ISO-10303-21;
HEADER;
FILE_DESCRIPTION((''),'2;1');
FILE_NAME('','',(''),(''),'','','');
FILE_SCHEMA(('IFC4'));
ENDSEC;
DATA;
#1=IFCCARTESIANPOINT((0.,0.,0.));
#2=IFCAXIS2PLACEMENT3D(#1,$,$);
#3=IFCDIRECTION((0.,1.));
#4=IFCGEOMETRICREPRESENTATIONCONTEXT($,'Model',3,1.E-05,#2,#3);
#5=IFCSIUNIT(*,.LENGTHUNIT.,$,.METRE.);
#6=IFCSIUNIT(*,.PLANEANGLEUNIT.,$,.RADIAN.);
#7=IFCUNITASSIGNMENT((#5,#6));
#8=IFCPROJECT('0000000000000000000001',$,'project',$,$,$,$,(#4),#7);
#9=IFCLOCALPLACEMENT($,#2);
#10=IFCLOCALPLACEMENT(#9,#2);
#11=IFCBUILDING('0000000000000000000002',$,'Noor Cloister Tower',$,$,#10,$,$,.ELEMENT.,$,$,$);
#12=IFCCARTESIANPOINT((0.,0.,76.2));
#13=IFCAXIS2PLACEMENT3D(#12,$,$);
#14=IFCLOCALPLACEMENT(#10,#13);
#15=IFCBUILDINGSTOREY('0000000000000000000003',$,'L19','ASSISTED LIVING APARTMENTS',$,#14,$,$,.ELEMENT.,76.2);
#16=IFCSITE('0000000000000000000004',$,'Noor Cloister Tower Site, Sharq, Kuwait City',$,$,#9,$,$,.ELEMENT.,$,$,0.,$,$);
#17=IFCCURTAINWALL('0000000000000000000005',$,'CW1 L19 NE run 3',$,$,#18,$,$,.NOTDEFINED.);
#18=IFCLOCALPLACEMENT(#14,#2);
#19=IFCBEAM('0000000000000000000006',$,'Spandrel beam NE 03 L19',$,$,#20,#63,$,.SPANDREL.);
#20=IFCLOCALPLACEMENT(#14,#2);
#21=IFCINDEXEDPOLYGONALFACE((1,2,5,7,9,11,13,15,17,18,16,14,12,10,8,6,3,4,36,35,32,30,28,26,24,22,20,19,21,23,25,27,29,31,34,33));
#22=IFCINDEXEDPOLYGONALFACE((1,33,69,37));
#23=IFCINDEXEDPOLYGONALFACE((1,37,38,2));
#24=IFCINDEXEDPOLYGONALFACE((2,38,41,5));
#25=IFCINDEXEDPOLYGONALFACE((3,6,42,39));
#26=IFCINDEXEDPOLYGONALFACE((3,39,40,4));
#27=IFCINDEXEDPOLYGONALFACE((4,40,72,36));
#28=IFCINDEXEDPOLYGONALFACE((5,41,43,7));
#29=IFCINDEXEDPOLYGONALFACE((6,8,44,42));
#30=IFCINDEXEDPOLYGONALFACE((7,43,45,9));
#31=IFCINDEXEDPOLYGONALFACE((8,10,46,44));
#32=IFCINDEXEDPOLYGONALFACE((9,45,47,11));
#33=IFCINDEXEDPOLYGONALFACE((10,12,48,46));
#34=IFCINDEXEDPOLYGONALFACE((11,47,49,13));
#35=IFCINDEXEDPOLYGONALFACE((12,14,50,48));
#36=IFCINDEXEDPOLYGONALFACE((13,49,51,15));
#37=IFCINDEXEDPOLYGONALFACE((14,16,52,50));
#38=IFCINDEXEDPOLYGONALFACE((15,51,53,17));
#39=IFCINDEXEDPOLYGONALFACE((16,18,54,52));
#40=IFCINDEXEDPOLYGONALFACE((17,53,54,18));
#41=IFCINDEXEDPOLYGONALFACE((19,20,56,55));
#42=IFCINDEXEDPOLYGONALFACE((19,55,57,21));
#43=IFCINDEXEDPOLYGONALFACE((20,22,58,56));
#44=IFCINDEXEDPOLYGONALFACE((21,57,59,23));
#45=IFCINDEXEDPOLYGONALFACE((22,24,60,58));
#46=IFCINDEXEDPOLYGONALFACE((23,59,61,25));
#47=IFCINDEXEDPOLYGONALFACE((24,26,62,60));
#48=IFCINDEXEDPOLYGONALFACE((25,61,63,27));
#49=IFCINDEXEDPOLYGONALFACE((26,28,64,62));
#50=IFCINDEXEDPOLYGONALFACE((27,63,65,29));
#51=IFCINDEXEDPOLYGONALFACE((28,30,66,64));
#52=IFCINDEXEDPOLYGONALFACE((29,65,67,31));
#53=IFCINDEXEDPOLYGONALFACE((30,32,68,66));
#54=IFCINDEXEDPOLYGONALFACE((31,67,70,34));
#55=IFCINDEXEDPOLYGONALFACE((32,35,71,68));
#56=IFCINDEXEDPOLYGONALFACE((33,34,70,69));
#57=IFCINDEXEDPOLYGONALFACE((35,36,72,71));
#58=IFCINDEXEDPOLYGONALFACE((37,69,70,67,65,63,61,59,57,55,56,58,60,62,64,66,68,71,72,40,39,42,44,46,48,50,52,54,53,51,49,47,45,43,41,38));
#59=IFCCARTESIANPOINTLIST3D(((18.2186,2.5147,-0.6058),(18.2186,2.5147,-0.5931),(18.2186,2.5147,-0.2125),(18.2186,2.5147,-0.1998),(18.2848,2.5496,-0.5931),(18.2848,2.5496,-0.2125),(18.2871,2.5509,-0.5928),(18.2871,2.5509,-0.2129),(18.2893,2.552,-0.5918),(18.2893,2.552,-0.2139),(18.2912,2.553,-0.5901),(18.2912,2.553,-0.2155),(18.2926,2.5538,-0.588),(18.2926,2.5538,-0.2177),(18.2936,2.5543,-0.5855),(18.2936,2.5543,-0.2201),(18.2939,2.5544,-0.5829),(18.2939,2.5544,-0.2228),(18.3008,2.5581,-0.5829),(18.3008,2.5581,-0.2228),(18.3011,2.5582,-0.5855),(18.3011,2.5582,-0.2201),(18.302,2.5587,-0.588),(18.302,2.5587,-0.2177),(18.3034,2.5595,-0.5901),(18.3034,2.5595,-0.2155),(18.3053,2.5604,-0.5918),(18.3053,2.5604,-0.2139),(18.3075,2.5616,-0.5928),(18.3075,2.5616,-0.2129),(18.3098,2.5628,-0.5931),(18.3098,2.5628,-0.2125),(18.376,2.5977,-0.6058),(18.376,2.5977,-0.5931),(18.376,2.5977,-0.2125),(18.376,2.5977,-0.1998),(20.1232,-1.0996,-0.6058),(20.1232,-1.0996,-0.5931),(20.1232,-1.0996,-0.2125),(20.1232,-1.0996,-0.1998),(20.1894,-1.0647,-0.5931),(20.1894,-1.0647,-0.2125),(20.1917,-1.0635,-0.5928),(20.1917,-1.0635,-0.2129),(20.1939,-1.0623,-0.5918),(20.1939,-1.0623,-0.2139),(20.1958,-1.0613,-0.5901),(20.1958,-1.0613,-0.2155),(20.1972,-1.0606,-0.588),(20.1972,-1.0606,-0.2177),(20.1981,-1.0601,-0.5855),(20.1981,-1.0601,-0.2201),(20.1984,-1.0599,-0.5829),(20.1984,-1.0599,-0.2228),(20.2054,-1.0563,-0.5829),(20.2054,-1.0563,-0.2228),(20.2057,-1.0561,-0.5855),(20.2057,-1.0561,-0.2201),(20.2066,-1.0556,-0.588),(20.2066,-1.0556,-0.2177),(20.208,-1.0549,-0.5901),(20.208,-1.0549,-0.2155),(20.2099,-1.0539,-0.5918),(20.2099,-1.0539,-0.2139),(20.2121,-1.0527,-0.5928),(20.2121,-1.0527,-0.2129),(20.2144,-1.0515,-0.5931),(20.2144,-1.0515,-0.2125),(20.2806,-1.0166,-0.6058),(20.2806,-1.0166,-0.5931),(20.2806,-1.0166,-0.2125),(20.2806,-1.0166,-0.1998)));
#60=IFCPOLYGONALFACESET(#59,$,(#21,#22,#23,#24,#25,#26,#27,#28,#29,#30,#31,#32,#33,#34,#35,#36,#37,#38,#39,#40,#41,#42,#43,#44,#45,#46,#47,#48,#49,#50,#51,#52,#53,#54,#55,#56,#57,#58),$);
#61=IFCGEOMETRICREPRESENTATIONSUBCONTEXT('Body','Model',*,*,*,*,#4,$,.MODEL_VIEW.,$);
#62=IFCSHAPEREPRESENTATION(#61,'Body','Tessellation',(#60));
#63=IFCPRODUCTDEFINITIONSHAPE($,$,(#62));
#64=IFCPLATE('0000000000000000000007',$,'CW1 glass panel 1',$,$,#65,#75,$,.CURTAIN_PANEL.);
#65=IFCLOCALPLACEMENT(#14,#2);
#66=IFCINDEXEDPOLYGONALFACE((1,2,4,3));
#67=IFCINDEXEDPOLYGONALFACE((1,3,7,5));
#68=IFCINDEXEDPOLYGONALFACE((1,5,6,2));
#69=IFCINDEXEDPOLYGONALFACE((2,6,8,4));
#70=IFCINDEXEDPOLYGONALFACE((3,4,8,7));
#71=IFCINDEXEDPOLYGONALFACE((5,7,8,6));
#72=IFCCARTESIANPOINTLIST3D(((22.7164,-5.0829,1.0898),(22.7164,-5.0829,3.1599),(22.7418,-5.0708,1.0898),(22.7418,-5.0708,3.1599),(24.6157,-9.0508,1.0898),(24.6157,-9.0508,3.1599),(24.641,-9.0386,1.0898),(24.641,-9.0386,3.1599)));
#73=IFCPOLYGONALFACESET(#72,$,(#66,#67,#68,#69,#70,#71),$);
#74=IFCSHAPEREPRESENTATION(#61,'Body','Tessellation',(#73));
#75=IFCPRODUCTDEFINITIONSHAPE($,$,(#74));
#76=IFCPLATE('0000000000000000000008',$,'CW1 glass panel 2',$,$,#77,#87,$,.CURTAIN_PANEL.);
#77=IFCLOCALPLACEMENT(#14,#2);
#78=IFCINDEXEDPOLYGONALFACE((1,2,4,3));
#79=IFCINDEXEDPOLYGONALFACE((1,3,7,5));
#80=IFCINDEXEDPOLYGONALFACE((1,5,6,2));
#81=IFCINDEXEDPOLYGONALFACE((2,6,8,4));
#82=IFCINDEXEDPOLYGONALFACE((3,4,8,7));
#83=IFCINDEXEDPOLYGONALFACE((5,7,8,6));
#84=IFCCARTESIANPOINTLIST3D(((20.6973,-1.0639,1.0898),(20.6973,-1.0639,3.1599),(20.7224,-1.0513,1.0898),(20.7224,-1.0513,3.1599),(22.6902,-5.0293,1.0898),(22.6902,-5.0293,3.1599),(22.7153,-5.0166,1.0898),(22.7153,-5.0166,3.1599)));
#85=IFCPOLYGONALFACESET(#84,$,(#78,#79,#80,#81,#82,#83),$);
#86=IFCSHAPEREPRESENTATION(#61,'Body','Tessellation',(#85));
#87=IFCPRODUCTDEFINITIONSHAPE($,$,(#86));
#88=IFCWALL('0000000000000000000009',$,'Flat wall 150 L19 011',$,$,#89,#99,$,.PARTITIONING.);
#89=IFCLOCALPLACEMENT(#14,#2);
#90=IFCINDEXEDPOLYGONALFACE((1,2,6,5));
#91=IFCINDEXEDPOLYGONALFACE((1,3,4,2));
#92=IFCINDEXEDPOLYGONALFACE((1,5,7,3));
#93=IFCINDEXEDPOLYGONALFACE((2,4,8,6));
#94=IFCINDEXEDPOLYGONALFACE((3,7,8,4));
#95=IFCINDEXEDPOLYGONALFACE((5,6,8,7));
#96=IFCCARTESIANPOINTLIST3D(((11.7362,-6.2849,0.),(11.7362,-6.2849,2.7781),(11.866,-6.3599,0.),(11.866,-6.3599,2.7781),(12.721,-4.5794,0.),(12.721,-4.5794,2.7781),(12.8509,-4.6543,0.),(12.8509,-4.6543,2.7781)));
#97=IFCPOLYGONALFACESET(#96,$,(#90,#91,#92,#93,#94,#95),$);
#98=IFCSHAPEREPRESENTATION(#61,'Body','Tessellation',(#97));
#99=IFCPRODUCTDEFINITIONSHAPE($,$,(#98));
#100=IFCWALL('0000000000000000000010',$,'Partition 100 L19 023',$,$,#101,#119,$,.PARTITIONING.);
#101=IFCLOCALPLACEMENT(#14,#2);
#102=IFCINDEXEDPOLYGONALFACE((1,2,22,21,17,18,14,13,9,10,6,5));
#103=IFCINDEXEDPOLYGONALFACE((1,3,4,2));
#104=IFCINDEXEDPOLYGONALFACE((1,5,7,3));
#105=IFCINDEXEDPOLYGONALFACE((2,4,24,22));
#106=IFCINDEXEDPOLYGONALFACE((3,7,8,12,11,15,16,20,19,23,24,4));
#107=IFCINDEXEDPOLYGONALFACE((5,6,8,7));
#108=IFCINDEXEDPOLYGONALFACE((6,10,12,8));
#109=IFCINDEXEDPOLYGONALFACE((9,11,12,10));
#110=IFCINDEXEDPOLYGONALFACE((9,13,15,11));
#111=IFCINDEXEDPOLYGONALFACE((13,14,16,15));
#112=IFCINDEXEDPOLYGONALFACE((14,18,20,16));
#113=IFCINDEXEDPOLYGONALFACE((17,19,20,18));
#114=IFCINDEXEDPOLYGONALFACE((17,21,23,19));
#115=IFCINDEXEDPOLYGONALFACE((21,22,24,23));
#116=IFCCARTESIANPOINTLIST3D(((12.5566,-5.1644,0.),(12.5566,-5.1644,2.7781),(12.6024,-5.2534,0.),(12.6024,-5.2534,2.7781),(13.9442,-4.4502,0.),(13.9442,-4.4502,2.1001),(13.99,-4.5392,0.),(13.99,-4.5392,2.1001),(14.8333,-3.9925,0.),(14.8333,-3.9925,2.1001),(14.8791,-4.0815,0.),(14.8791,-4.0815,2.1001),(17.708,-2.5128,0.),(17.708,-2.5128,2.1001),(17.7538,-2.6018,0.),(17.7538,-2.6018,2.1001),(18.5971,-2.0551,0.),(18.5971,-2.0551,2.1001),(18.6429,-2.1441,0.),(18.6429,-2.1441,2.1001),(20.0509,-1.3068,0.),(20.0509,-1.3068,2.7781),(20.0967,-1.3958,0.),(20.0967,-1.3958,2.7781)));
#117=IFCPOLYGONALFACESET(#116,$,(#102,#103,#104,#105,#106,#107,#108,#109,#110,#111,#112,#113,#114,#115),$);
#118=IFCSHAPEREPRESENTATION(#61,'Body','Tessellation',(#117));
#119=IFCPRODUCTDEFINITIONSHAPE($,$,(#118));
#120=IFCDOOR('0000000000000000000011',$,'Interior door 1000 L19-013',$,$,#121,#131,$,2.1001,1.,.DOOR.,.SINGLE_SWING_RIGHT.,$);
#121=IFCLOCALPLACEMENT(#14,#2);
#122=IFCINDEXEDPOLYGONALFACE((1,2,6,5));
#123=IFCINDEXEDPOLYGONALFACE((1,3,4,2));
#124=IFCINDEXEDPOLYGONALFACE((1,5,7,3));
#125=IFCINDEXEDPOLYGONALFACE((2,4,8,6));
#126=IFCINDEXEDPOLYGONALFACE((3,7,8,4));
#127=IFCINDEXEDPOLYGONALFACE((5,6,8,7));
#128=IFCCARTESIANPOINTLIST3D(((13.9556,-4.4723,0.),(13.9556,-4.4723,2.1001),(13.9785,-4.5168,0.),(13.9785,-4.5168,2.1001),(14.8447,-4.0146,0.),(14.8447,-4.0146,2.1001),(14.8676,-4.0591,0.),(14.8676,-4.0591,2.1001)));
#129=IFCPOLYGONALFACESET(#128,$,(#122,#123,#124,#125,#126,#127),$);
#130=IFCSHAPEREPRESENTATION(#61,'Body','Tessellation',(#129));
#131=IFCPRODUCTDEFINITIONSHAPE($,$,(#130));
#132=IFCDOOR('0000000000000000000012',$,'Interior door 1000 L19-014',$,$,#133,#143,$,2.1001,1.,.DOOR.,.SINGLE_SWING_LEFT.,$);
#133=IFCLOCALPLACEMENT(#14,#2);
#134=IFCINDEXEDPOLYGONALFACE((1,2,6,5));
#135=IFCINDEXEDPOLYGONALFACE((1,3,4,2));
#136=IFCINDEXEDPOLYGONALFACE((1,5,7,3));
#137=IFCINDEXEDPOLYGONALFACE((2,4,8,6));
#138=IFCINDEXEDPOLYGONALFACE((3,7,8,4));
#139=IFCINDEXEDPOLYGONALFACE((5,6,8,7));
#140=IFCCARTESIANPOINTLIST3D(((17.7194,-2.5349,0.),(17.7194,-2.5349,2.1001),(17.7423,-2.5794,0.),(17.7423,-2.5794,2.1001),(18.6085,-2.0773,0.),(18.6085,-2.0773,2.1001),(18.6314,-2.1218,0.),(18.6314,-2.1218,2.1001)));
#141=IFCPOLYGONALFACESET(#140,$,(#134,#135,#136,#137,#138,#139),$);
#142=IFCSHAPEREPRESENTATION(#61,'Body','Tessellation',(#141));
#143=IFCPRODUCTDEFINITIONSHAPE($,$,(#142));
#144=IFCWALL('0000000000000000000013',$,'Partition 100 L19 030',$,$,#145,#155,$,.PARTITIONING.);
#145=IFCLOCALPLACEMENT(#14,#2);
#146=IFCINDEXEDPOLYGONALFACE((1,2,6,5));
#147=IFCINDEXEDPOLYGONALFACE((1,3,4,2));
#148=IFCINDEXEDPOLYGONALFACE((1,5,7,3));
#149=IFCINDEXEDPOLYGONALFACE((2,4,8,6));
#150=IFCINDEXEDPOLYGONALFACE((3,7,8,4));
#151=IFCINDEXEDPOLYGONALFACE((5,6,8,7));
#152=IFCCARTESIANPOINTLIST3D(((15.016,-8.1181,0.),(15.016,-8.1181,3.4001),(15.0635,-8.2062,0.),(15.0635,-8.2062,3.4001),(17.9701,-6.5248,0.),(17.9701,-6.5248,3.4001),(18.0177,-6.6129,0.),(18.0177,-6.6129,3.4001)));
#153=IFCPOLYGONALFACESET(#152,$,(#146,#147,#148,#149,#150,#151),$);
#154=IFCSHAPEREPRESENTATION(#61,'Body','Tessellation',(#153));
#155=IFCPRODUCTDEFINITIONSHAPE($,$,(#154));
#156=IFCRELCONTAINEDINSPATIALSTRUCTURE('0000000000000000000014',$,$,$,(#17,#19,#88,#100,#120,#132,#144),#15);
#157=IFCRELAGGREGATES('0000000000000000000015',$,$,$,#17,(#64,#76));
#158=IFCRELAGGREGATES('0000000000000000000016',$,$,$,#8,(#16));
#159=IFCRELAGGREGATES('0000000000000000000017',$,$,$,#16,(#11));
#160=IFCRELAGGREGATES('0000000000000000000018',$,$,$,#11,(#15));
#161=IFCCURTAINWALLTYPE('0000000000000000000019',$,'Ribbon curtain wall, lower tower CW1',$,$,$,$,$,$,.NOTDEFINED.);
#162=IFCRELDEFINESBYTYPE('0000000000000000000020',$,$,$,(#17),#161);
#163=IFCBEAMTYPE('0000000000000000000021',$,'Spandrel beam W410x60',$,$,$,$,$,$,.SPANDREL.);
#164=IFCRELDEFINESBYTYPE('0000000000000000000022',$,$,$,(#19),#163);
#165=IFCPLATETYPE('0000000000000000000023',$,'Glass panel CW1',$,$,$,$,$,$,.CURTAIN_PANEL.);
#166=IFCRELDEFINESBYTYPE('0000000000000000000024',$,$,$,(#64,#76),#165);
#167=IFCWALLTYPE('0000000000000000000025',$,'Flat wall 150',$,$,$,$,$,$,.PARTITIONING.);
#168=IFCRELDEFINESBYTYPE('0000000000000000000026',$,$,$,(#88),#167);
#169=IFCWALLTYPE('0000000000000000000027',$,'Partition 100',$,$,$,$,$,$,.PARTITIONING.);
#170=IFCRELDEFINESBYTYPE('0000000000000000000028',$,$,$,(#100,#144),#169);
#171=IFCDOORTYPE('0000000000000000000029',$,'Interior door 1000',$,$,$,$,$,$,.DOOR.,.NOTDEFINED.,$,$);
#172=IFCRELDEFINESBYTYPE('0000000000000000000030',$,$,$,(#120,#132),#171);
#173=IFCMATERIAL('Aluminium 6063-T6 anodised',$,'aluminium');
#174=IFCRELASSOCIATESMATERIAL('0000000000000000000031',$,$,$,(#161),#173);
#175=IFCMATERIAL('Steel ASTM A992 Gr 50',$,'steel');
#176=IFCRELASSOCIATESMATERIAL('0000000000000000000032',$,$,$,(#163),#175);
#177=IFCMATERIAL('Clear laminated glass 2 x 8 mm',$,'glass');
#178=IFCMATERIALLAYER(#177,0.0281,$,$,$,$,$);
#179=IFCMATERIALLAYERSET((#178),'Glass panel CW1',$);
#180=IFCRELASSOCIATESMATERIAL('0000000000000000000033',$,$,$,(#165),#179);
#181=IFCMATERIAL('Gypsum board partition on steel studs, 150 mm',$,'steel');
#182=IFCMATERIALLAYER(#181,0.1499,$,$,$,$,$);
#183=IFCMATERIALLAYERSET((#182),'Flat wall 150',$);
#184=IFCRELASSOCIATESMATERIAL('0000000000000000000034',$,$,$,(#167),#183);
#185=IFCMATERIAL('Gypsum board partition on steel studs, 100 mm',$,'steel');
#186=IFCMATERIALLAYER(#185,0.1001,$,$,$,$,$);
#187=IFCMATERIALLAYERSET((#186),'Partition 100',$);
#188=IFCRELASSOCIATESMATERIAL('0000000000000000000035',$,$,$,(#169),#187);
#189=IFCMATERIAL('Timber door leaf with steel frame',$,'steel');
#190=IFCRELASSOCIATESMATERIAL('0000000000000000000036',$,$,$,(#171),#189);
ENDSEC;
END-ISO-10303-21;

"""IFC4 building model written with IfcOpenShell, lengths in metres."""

from ifc_helpers import new_model, si_unit, direction, frame, frame_2d, origin, origin_2d, place, context, subcontext, project, spatial, rectangle, i_section, extrude, material, layer, layer_set, material_profile, profile_set, type_object, element, fill, aggregate, save


model = new_model("IFC4")

# Units and contexts
model_context = context("Model", 3, precision=1e-05, world=origin(), true_north=direction((0.0, 1.0)))
body_context = subcontext(model_context, "Body", "Model", "MODEL_VIEW")
ifc_project = project(units=[si_unit("LENGTHUNIT", "METRE"), si_unit("PLANEANGLEUNIT", "RADIAN")], contexts=[model_context])

# Site, building, storey
site_placement = place(None, origin())
site = spatial("IfcSite", under=ifc_project, at=site_placement, Name="Noor Cloister Tower Site, Sharq, Kuwait City", CompositionType="ELEMENT", RefElevation=0.0)
building_placement = place(site_placement, origin())
building = spatial("IfcBuilding", under=site, at=building_placement, Name="Noor Cloister Tower", CompositionType="ELEMENT")
storey_placement = place(building_placement, frame((0.0, 0.0, 76.2)))
storey = spatial("IfcBuildingStorey", under=building, at=storey_placement, Name="L19", Description="ASSISTED LIVING APARTMENTS", CompositionType="ELEMENT", Elevation=76.2)

# Curtain wall
ifc_material_1 = material(Name="Aluminium 6063-T6 anodised", Category="aluminium")
curtain_wall_type = type_object("IfcCurtainWallType", Name="Ribbon curtain wall, lower tower CW1", PredefinedType="NOTDEFINED", material=ifc_material_1)
curtain_wall_placement = place(storey_placement, origin())
curtain_wall = element("IfcCurtainWall", 1, at=curtain_wall_placement, inside=storey, type_object=curtain_wall_type, Name="CW1 L19 NE run 3", PredefinedType="NOTDEFINED")

# Beam
ifc_material_2 = material(Name="Steel ASTM A992 Gr 50", Category="steel")
ifc_material_profile_1 = material_profile(ifc_material_2, i_section(OverallWidth=0.178, OverallDepth=0.406, WebThickness=0.0078, FlangeThickness=0.0127, FilletRadius=0.0103, at=origin_2d()), Name="W410x60")
ifc_profile_set_1 = profile_set([ifc_material_profile_1], Name="Steel ASTM A992 Gr 50")
beam_type_1 = type_object("IfcBeamType", Name="Spandrel beam W410x60", PredefinedType="SPANDREL", material=ifc_profile_set_1)
beam_1_placement = place(storey_placement, frame((20.2019, -1.0581, -0.4028), z_axis=(-0.466187, 0.884686, 0.0), x_axis=(-0.884686, -0.466187, 0.0)))
element("IfcBeam", 2, at=beam_1_placement, inside=storey, type_object=beam_type_1, Name="Spandrel beam NE 03 L19", PredefinedType="SPANDREL", context=body_context, shape_type="SweptSolid", body=[
    extrude(i_section(OverallWidth=0.178, OverallDepth=0.406, WebThickness=0.0078, FlangeThickness=0.0127, FilletRadius=0.0103, at=origin_2d()), origin(), (0.0, 0.0, 1.0), 4.0854),
])

# Plates
ifc_material_3 = material(Name="Clear laminated glass 2 x 8 mm", Category="glass")
ifc_layer_1 = layer(ifc_material_3, 0.0281)
ifc_layer_set_1 = layer_set([ifc_layer_1], Name="Glass panel CW1")
plate_type = type_object("IfcPlateType", Name="Glass panel CW1", PredefinedType="CURTAIN_PANEL", material=ifc_layer_set_1)
plate_1_placement = place(storey_placement, frame((23.6787, -7.0608, 1.0898), z_axis=(0.0, 0.0, 1.0), x_axis=(-0.431748, 0.901994, 0.0)))
plate_1 = element("IfcPlate", 3, at=plate_1_placement, type_object=plate_type, Name="CW1 glass panel 1", PredefinedType="CURTAIN_PANEL", context=body_context, shape_type="SweptSolid", body=[
    extrude(rectangle(XDim=4.3989, YDim=0.0281, at=origin_2d()), origin(), (0.0, 0.0, 1.0), 2.0701),
])
plate_2_placement = place(storey_placement, frame((21.7063, -3.0403, 1.0898), z_axis=(0.0, 0.0, 1.0), x_axis=(-0.449068, 0.893498, 0.0)))
plate_2 = element("IfcPlate", 4, at=plate_2_placement, type_object=plate_type, Name="CW1 glass panel 2", PredefinedType="CURTAIN_PANEL", context=body_context, shape_type="SweptSolid", body=[
    extrude(rectangle(XDim=4.438, YDim=0.0281, at=origin_2d()), origin(), (0.0, 0.0, 1.0), 2.0701),
])
aggregate(curtain_wall, [plate_1, plate_2])

# Wall
ifc_material_4 = material(Name="Gypsum board partition on steel studs, 150 mm", Category="steel")
ifc_layer_2 = layer(ifc_material_4, 0.1499)
ifc_layer_set_2 = layer_set([ifc_layer_2], Name="Flat wall 150")
wall_type_1 = type_object("IfcWallType", Name="Flat wall 150", PredefinedType="PARTITIONING", material=ifc_layer_set_2)
wall_1_placement = place(storey_placement, frame((11.801, -6.3225, 0.0), z_axis=(0.0, 0.0, 1.0), x_axis=(0.500059, 0.865992, 0.0)))
element("IfcWall", 5, at=wall_1_placement, inside=storey, type_object=wall_type_1, Name="Flat wall 150 L19 011", PredefinedType="PARTITIONING", context=body_context, shape_type="SweptSolid", body=[
    extrude(rectangle(XDim=1.9695, YDim=0.1499, at=frame_2d((0.9849, 0.0))), origin(), (0.0, 0.0, 1.0), 2.7781),
])

# Wall, openings, doors
ifc_material_5 = material(Name="Gypsum board partition on steel studs, 100 mm", Category="steel")
ifc_layer_3 = layer(ifc_material_5, 0.1001)
ifc_layer_set_3 = layer_set([ifc_layer_3], Name="Partition 100")
wall_type_2 = type_object("IfcWallType", Name="Partition 100", PredefinedType="PARTITIONING", material=ifc_layer_set_3)
wall_2_placement = place(storey_placement, frame((20.0737, -1.3513, 0.0), z_axis=(0.0, 0.0, 1.0), x_axis=(-0.889123, -0.457668, 0.0)))
wall_2 = element("IfcWall", 6, at=wall_2_placement, inside=storey, type_object=wall_type_2, Name="Partition 100 L19 023", PredefinedType="PARTITIONING", context=body_context, shape_type="SweptSolid", body=[
    extrude(rectangle(XDim=8.429, YDim=0.1001, at=frame_2d((4.2144, 0.0))), origin(), (0.0, 0.0, 1.0), 2.7781),
])
opening_1_placement = place(wall_2_placement, frame((5.8682, 0.0, 0.0)))
opening_1 = element("IfcOpeningElement", 7, at=opening_1_placement, cuts=wall_2, PredefinedType="OPENING", context=body_context, shape_type="SweptSolid", body=[
    extrude(rectangle(XDim=1.0, YDim=2.1001, at=frame_2d((0.5, 1.05))), frame((0.0, 0.0601, 0.0), z_axis=(0.0, -1.0, 0.0), x_axis=(1.0, 0.0, 0.0)), (0.0, 0.0, 1.0), 0.1201),
])
opening_2_placement = place(wall_2_placement, frame((1.635, 0.0, 0.0)))
opening_2 = element("IfcOpeningElement", 8, at=opening_2_placement, cuts=wall_2, PredefinedType="OPENING", context=body_context, shape_type="SweptSolid", body=[
    extrude(rectangle(XDim=1.0, YDim=2.1001, at=frame_2d((0.5, 1.05))), frame((0.0, 0.0601, 0.0), z_axis=(0.0, -1.0, 0.0), x_axis=(1.0, 0.0, 0.0)), (0.0, 0.0, 1.0), 0.1201),
])
ifc_material_6 = material(Name="Timber door leaf with steel frame", Category="steel")
door_type = type_object("IfcDoorType", Name="Interior door 1000", OperationType="NOTDEFINED", PredefinedType="DOOR", material=ifc_material_6)
door_1_placement = place(opening_1_placement, origin())
door_1 = element("IfcDoor", 9, at=door_1_placement, inside=storey, type_object=door_type, Name="Interior door 1000 L19-013", OperationType="SINGLE_SWING_RIGHT", OverallHeight=2.1001, OverallWidth=1.0, PredefinedType="DOOR", context=body_context, shape_type="SweptSolid", body=[
    extrude(rectangle(XDim=1.0, YDim=2.1001, at=frame_2d((0.5, 1.05))), frame((0.0, 0.0249, 0.0), z_axis=(0.0, -1.0, 0.0), x_axis=(1.0, 0.0, 0.0)), (0.0, 0.0, 1.0), 0.05),
])
fill(opening_1, door_1)
door_2_placement = place(opening_2_placement, origin())
door_2 = element("IfcDoor", 10, at=door_2_placement, inside=storey, type_object=door_type, Name="Interior door 1000 L19-014", OperationType="SINGLE_SWING_LEFT", OverallHeight=2.1001, OverallWidth=1.0, PredefinedType="DOOR", context=body_context, shape_type="SweptSolid", body=[
    extrude(rectangle(XDim=1.0, YDim=2.1001, at=frame_2d((0.5, 1.05))), frame((0.0, 0.0249, 0.0), z_axis=(0.0, -1.0, 0.0), x_axis=(1.0, 0.0, 0.0)), (0.0, 0.0, 1.0), 0.05),
])
fill(opening_2, door_2)

# Wall
wall_3_placement = place(storey_placement, frame((17.9939, -6.5688, 0.0), z_axis=(0.0, 0.0, 1.0), x_axis=(-0.880149, -0.474698, 0.0)))
element("IfcWall", 11, at=wall_3_placement, inside=storey, type_object=wall_type_2, Name="Partition 100 L19 030", PredefinedType="PARTITIONING", context=body_context, shape_type="SweptSolid", body=[
    extrude(rectangle(XDim=3.3564, YDim=0.1001, at=frame_2d((1.6782, 0.0))), origin(), (0.0, 0.0, 1.0), 3.4001),
])

save(model, "model.ifc")
